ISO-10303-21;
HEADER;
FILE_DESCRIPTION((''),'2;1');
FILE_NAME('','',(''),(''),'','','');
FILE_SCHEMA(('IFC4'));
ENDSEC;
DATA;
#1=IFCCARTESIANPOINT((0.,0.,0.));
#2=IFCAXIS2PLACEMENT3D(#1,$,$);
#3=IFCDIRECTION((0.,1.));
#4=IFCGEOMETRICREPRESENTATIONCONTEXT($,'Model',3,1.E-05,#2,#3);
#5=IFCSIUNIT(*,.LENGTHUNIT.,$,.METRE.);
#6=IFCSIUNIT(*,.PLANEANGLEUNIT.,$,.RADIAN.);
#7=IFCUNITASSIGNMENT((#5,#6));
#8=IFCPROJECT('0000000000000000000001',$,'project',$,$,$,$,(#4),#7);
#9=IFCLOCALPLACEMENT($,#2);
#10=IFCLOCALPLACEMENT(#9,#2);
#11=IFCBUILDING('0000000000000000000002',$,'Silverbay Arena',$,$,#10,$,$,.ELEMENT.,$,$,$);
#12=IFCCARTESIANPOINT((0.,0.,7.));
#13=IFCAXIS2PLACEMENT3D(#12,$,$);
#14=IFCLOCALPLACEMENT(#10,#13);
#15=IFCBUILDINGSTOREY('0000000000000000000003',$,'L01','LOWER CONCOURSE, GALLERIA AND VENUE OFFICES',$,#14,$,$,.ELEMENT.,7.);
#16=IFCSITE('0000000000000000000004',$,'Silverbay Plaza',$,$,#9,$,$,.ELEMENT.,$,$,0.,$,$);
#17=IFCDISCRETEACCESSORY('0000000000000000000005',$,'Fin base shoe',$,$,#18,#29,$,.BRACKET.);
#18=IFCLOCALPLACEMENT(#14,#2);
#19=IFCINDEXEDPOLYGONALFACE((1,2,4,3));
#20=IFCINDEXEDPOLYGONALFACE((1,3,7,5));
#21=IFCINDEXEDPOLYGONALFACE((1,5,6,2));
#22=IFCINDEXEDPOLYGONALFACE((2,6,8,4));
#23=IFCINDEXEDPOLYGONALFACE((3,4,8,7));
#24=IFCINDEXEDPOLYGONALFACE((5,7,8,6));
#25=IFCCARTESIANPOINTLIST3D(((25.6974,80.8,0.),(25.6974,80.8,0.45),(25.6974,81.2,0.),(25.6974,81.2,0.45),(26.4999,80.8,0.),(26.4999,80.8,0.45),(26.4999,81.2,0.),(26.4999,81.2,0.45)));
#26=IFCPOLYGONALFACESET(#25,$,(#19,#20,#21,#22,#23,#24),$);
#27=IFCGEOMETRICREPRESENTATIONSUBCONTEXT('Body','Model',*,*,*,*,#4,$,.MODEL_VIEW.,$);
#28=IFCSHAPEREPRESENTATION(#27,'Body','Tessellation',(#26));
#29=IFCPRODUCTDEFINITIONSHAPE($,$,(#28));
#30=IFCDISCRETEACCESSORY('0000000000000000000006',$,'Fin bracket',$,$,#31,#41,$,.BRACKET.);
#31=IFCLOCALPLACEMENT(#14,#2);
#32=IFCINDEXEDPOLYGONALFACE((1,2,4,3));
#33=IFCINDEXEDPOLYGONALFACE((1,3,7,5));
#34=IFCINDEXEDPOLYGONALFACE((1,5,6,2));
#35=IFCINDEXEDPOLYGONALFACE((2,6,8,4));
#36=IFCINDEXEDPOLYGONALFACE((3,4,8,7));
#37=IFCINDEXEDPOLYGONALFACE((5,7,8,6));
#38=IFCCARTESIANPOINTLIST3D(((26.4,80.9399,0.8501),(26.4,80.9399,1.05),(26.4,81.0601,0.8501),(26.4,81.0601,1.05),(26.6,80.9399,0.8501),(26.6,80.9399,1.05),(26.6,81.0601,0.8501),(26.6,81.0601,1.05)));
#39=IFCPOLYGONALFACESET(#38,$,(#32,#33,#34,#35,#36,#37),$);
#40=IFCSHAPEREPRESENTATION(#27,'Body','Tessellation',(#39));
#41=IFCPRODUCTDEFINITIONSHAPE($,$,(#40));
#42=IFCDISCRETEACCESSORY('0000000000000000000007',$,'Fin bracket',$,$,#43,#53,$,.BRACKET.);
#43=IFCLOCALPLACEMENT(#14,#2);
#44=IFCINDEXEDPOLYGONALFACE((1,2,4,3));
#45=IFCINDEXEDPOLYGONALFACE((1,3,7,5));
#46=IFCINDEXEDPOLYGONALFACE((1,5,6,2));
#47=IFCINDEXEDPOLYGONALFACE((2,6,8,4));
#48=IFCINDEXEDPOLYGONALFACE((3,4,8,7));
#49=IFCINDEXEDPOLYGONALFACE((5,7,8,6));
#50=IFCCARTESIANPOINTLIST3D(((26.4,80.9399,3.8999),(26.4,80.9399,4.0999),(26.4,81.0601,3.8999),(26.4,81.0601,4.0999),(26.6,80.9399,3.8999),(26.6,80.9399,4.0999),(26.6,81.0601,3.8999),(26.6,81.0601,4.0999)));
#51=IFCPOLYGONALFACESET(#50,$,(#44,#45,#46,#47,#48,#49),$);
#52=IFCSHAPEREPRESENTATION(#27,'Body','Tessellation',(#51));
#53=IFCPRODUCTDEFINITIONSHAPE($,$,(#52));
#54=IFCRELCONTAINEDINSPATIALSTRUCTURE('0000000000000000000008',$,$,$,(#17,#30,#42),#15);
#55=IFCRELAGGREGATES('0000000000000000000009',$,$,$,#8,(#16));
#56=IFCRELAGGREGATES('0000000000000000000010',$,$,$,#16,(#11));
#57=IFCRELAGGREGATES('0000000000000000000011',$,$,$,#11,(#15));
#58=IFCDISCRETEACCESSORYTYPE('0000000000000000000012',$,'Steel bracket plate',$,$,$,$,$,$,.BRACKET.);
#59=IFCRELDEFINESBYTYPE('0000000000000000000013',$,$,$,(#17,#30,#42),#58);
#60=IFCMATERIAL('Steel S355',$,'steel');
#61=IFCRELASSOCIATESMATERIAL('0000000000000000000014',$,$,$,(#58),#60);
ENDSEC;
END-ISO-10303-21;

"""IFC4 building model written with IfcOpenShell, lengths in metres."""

from ifc_helpers import new_model, si_unit, direction, frame, origin, origin_2d, place, context, subcontext, project, spatial, rectangle, extrude, material, type_object, element, save


model = new_model("IFC4")

# Units and contexts
model_context = context("Model", 3, precision=1e-05, world=origin(), true_north=direction((0.0, 1.0)))
body_context = subcontext(model_context, "Body", "Model", "MODEL_VIEW")
ifc_project = project(units=[si_unit("LENGTHUNIT", "METRE"), si_unit("PLANEANGLEUNIT", "RADIAN")], contexts=[model_context])

# Site, building, storey
site_placement = place(None, origin())
site = spatial("IfcSite", under=ifc_project, at=site_placement, Name="Silverbay Plaza", CompositionType="ELEMENT", RefElevation=0.0)
building_placement = place(site_placement, origin())
building = spatial("IfcBuilding", under=site, at=building_placement, Name="Silverbay Arena", CompositionType="ELEMENT")
storey_placement = place(building_placement, frame((0.0, 0.0, 7.0)))
storey = spatial("IfcBuildingStorey", under=building, at=storey_placement, Name="L01", Description="LOWER CONCOURSE, GALLERIA AND VENUE OFFICES", CompositionType="ELEMENT", Elevation=7.0)

# Discrete accessories
ifc_material_1 = material(Name="Steel S355", Category="steel")
discrete_accessory_type = type_object("IfcDiscreteAccessoryType", Name="Steel bracket plate", PredefinedType="BRACKET", material=ifc_material_1)
discrete_accessory_1_placement = place(storey_placement, frame((26.0986, 81.0, 0.0), z_axis=(0.0, 0.0, 1.0), x_axis=(1.0, 0.0, 0.0)))
element("IfcDiscreteAccessory", 1, at=discrete_accessory_1_placement, inside=storey, type_object=discrete_accessory_type, Name="Fin base shoe", PredefinedType="BRACKET", context=body_context, shape_type="SweptSolid", body=[
    extrude(rectangle(XDim=0.8025, YDim=0.3999, at=origin_2d()), origin(), (0.0, 0.0, 1.0), 0.45),
])
for number, where, z_axis, x_axis, name in (
    (2, (26.5, 81.0, 0.8501), (0.0, 0.0, 1.0), (1.0, 0.0, 0.0), "Fin bracket"),
    (3, (26.5, 81.0, 3.8999), (0.0, 0.0, 1.0), (1.0, 0.0, 0.0), "Fin bracket"),
):
    element("IfcDiscreteAccessory", number, at=place(storey_placement, frame(where, z_axis=z_axis, x_axis=x_axis)), inside=storey, type_object=discrete_accessory_type, Name=name, PredefinedType="BRACKET", context=body_context, shape_type="SweptSolid", body=[
        extrude(rectangle(XDim=0.2, YDim=0.1201, at=origin_2d()), origin(), (0.0, 0.0, 1.0), 0.2),
    ])

save(model, "model.ifc")
